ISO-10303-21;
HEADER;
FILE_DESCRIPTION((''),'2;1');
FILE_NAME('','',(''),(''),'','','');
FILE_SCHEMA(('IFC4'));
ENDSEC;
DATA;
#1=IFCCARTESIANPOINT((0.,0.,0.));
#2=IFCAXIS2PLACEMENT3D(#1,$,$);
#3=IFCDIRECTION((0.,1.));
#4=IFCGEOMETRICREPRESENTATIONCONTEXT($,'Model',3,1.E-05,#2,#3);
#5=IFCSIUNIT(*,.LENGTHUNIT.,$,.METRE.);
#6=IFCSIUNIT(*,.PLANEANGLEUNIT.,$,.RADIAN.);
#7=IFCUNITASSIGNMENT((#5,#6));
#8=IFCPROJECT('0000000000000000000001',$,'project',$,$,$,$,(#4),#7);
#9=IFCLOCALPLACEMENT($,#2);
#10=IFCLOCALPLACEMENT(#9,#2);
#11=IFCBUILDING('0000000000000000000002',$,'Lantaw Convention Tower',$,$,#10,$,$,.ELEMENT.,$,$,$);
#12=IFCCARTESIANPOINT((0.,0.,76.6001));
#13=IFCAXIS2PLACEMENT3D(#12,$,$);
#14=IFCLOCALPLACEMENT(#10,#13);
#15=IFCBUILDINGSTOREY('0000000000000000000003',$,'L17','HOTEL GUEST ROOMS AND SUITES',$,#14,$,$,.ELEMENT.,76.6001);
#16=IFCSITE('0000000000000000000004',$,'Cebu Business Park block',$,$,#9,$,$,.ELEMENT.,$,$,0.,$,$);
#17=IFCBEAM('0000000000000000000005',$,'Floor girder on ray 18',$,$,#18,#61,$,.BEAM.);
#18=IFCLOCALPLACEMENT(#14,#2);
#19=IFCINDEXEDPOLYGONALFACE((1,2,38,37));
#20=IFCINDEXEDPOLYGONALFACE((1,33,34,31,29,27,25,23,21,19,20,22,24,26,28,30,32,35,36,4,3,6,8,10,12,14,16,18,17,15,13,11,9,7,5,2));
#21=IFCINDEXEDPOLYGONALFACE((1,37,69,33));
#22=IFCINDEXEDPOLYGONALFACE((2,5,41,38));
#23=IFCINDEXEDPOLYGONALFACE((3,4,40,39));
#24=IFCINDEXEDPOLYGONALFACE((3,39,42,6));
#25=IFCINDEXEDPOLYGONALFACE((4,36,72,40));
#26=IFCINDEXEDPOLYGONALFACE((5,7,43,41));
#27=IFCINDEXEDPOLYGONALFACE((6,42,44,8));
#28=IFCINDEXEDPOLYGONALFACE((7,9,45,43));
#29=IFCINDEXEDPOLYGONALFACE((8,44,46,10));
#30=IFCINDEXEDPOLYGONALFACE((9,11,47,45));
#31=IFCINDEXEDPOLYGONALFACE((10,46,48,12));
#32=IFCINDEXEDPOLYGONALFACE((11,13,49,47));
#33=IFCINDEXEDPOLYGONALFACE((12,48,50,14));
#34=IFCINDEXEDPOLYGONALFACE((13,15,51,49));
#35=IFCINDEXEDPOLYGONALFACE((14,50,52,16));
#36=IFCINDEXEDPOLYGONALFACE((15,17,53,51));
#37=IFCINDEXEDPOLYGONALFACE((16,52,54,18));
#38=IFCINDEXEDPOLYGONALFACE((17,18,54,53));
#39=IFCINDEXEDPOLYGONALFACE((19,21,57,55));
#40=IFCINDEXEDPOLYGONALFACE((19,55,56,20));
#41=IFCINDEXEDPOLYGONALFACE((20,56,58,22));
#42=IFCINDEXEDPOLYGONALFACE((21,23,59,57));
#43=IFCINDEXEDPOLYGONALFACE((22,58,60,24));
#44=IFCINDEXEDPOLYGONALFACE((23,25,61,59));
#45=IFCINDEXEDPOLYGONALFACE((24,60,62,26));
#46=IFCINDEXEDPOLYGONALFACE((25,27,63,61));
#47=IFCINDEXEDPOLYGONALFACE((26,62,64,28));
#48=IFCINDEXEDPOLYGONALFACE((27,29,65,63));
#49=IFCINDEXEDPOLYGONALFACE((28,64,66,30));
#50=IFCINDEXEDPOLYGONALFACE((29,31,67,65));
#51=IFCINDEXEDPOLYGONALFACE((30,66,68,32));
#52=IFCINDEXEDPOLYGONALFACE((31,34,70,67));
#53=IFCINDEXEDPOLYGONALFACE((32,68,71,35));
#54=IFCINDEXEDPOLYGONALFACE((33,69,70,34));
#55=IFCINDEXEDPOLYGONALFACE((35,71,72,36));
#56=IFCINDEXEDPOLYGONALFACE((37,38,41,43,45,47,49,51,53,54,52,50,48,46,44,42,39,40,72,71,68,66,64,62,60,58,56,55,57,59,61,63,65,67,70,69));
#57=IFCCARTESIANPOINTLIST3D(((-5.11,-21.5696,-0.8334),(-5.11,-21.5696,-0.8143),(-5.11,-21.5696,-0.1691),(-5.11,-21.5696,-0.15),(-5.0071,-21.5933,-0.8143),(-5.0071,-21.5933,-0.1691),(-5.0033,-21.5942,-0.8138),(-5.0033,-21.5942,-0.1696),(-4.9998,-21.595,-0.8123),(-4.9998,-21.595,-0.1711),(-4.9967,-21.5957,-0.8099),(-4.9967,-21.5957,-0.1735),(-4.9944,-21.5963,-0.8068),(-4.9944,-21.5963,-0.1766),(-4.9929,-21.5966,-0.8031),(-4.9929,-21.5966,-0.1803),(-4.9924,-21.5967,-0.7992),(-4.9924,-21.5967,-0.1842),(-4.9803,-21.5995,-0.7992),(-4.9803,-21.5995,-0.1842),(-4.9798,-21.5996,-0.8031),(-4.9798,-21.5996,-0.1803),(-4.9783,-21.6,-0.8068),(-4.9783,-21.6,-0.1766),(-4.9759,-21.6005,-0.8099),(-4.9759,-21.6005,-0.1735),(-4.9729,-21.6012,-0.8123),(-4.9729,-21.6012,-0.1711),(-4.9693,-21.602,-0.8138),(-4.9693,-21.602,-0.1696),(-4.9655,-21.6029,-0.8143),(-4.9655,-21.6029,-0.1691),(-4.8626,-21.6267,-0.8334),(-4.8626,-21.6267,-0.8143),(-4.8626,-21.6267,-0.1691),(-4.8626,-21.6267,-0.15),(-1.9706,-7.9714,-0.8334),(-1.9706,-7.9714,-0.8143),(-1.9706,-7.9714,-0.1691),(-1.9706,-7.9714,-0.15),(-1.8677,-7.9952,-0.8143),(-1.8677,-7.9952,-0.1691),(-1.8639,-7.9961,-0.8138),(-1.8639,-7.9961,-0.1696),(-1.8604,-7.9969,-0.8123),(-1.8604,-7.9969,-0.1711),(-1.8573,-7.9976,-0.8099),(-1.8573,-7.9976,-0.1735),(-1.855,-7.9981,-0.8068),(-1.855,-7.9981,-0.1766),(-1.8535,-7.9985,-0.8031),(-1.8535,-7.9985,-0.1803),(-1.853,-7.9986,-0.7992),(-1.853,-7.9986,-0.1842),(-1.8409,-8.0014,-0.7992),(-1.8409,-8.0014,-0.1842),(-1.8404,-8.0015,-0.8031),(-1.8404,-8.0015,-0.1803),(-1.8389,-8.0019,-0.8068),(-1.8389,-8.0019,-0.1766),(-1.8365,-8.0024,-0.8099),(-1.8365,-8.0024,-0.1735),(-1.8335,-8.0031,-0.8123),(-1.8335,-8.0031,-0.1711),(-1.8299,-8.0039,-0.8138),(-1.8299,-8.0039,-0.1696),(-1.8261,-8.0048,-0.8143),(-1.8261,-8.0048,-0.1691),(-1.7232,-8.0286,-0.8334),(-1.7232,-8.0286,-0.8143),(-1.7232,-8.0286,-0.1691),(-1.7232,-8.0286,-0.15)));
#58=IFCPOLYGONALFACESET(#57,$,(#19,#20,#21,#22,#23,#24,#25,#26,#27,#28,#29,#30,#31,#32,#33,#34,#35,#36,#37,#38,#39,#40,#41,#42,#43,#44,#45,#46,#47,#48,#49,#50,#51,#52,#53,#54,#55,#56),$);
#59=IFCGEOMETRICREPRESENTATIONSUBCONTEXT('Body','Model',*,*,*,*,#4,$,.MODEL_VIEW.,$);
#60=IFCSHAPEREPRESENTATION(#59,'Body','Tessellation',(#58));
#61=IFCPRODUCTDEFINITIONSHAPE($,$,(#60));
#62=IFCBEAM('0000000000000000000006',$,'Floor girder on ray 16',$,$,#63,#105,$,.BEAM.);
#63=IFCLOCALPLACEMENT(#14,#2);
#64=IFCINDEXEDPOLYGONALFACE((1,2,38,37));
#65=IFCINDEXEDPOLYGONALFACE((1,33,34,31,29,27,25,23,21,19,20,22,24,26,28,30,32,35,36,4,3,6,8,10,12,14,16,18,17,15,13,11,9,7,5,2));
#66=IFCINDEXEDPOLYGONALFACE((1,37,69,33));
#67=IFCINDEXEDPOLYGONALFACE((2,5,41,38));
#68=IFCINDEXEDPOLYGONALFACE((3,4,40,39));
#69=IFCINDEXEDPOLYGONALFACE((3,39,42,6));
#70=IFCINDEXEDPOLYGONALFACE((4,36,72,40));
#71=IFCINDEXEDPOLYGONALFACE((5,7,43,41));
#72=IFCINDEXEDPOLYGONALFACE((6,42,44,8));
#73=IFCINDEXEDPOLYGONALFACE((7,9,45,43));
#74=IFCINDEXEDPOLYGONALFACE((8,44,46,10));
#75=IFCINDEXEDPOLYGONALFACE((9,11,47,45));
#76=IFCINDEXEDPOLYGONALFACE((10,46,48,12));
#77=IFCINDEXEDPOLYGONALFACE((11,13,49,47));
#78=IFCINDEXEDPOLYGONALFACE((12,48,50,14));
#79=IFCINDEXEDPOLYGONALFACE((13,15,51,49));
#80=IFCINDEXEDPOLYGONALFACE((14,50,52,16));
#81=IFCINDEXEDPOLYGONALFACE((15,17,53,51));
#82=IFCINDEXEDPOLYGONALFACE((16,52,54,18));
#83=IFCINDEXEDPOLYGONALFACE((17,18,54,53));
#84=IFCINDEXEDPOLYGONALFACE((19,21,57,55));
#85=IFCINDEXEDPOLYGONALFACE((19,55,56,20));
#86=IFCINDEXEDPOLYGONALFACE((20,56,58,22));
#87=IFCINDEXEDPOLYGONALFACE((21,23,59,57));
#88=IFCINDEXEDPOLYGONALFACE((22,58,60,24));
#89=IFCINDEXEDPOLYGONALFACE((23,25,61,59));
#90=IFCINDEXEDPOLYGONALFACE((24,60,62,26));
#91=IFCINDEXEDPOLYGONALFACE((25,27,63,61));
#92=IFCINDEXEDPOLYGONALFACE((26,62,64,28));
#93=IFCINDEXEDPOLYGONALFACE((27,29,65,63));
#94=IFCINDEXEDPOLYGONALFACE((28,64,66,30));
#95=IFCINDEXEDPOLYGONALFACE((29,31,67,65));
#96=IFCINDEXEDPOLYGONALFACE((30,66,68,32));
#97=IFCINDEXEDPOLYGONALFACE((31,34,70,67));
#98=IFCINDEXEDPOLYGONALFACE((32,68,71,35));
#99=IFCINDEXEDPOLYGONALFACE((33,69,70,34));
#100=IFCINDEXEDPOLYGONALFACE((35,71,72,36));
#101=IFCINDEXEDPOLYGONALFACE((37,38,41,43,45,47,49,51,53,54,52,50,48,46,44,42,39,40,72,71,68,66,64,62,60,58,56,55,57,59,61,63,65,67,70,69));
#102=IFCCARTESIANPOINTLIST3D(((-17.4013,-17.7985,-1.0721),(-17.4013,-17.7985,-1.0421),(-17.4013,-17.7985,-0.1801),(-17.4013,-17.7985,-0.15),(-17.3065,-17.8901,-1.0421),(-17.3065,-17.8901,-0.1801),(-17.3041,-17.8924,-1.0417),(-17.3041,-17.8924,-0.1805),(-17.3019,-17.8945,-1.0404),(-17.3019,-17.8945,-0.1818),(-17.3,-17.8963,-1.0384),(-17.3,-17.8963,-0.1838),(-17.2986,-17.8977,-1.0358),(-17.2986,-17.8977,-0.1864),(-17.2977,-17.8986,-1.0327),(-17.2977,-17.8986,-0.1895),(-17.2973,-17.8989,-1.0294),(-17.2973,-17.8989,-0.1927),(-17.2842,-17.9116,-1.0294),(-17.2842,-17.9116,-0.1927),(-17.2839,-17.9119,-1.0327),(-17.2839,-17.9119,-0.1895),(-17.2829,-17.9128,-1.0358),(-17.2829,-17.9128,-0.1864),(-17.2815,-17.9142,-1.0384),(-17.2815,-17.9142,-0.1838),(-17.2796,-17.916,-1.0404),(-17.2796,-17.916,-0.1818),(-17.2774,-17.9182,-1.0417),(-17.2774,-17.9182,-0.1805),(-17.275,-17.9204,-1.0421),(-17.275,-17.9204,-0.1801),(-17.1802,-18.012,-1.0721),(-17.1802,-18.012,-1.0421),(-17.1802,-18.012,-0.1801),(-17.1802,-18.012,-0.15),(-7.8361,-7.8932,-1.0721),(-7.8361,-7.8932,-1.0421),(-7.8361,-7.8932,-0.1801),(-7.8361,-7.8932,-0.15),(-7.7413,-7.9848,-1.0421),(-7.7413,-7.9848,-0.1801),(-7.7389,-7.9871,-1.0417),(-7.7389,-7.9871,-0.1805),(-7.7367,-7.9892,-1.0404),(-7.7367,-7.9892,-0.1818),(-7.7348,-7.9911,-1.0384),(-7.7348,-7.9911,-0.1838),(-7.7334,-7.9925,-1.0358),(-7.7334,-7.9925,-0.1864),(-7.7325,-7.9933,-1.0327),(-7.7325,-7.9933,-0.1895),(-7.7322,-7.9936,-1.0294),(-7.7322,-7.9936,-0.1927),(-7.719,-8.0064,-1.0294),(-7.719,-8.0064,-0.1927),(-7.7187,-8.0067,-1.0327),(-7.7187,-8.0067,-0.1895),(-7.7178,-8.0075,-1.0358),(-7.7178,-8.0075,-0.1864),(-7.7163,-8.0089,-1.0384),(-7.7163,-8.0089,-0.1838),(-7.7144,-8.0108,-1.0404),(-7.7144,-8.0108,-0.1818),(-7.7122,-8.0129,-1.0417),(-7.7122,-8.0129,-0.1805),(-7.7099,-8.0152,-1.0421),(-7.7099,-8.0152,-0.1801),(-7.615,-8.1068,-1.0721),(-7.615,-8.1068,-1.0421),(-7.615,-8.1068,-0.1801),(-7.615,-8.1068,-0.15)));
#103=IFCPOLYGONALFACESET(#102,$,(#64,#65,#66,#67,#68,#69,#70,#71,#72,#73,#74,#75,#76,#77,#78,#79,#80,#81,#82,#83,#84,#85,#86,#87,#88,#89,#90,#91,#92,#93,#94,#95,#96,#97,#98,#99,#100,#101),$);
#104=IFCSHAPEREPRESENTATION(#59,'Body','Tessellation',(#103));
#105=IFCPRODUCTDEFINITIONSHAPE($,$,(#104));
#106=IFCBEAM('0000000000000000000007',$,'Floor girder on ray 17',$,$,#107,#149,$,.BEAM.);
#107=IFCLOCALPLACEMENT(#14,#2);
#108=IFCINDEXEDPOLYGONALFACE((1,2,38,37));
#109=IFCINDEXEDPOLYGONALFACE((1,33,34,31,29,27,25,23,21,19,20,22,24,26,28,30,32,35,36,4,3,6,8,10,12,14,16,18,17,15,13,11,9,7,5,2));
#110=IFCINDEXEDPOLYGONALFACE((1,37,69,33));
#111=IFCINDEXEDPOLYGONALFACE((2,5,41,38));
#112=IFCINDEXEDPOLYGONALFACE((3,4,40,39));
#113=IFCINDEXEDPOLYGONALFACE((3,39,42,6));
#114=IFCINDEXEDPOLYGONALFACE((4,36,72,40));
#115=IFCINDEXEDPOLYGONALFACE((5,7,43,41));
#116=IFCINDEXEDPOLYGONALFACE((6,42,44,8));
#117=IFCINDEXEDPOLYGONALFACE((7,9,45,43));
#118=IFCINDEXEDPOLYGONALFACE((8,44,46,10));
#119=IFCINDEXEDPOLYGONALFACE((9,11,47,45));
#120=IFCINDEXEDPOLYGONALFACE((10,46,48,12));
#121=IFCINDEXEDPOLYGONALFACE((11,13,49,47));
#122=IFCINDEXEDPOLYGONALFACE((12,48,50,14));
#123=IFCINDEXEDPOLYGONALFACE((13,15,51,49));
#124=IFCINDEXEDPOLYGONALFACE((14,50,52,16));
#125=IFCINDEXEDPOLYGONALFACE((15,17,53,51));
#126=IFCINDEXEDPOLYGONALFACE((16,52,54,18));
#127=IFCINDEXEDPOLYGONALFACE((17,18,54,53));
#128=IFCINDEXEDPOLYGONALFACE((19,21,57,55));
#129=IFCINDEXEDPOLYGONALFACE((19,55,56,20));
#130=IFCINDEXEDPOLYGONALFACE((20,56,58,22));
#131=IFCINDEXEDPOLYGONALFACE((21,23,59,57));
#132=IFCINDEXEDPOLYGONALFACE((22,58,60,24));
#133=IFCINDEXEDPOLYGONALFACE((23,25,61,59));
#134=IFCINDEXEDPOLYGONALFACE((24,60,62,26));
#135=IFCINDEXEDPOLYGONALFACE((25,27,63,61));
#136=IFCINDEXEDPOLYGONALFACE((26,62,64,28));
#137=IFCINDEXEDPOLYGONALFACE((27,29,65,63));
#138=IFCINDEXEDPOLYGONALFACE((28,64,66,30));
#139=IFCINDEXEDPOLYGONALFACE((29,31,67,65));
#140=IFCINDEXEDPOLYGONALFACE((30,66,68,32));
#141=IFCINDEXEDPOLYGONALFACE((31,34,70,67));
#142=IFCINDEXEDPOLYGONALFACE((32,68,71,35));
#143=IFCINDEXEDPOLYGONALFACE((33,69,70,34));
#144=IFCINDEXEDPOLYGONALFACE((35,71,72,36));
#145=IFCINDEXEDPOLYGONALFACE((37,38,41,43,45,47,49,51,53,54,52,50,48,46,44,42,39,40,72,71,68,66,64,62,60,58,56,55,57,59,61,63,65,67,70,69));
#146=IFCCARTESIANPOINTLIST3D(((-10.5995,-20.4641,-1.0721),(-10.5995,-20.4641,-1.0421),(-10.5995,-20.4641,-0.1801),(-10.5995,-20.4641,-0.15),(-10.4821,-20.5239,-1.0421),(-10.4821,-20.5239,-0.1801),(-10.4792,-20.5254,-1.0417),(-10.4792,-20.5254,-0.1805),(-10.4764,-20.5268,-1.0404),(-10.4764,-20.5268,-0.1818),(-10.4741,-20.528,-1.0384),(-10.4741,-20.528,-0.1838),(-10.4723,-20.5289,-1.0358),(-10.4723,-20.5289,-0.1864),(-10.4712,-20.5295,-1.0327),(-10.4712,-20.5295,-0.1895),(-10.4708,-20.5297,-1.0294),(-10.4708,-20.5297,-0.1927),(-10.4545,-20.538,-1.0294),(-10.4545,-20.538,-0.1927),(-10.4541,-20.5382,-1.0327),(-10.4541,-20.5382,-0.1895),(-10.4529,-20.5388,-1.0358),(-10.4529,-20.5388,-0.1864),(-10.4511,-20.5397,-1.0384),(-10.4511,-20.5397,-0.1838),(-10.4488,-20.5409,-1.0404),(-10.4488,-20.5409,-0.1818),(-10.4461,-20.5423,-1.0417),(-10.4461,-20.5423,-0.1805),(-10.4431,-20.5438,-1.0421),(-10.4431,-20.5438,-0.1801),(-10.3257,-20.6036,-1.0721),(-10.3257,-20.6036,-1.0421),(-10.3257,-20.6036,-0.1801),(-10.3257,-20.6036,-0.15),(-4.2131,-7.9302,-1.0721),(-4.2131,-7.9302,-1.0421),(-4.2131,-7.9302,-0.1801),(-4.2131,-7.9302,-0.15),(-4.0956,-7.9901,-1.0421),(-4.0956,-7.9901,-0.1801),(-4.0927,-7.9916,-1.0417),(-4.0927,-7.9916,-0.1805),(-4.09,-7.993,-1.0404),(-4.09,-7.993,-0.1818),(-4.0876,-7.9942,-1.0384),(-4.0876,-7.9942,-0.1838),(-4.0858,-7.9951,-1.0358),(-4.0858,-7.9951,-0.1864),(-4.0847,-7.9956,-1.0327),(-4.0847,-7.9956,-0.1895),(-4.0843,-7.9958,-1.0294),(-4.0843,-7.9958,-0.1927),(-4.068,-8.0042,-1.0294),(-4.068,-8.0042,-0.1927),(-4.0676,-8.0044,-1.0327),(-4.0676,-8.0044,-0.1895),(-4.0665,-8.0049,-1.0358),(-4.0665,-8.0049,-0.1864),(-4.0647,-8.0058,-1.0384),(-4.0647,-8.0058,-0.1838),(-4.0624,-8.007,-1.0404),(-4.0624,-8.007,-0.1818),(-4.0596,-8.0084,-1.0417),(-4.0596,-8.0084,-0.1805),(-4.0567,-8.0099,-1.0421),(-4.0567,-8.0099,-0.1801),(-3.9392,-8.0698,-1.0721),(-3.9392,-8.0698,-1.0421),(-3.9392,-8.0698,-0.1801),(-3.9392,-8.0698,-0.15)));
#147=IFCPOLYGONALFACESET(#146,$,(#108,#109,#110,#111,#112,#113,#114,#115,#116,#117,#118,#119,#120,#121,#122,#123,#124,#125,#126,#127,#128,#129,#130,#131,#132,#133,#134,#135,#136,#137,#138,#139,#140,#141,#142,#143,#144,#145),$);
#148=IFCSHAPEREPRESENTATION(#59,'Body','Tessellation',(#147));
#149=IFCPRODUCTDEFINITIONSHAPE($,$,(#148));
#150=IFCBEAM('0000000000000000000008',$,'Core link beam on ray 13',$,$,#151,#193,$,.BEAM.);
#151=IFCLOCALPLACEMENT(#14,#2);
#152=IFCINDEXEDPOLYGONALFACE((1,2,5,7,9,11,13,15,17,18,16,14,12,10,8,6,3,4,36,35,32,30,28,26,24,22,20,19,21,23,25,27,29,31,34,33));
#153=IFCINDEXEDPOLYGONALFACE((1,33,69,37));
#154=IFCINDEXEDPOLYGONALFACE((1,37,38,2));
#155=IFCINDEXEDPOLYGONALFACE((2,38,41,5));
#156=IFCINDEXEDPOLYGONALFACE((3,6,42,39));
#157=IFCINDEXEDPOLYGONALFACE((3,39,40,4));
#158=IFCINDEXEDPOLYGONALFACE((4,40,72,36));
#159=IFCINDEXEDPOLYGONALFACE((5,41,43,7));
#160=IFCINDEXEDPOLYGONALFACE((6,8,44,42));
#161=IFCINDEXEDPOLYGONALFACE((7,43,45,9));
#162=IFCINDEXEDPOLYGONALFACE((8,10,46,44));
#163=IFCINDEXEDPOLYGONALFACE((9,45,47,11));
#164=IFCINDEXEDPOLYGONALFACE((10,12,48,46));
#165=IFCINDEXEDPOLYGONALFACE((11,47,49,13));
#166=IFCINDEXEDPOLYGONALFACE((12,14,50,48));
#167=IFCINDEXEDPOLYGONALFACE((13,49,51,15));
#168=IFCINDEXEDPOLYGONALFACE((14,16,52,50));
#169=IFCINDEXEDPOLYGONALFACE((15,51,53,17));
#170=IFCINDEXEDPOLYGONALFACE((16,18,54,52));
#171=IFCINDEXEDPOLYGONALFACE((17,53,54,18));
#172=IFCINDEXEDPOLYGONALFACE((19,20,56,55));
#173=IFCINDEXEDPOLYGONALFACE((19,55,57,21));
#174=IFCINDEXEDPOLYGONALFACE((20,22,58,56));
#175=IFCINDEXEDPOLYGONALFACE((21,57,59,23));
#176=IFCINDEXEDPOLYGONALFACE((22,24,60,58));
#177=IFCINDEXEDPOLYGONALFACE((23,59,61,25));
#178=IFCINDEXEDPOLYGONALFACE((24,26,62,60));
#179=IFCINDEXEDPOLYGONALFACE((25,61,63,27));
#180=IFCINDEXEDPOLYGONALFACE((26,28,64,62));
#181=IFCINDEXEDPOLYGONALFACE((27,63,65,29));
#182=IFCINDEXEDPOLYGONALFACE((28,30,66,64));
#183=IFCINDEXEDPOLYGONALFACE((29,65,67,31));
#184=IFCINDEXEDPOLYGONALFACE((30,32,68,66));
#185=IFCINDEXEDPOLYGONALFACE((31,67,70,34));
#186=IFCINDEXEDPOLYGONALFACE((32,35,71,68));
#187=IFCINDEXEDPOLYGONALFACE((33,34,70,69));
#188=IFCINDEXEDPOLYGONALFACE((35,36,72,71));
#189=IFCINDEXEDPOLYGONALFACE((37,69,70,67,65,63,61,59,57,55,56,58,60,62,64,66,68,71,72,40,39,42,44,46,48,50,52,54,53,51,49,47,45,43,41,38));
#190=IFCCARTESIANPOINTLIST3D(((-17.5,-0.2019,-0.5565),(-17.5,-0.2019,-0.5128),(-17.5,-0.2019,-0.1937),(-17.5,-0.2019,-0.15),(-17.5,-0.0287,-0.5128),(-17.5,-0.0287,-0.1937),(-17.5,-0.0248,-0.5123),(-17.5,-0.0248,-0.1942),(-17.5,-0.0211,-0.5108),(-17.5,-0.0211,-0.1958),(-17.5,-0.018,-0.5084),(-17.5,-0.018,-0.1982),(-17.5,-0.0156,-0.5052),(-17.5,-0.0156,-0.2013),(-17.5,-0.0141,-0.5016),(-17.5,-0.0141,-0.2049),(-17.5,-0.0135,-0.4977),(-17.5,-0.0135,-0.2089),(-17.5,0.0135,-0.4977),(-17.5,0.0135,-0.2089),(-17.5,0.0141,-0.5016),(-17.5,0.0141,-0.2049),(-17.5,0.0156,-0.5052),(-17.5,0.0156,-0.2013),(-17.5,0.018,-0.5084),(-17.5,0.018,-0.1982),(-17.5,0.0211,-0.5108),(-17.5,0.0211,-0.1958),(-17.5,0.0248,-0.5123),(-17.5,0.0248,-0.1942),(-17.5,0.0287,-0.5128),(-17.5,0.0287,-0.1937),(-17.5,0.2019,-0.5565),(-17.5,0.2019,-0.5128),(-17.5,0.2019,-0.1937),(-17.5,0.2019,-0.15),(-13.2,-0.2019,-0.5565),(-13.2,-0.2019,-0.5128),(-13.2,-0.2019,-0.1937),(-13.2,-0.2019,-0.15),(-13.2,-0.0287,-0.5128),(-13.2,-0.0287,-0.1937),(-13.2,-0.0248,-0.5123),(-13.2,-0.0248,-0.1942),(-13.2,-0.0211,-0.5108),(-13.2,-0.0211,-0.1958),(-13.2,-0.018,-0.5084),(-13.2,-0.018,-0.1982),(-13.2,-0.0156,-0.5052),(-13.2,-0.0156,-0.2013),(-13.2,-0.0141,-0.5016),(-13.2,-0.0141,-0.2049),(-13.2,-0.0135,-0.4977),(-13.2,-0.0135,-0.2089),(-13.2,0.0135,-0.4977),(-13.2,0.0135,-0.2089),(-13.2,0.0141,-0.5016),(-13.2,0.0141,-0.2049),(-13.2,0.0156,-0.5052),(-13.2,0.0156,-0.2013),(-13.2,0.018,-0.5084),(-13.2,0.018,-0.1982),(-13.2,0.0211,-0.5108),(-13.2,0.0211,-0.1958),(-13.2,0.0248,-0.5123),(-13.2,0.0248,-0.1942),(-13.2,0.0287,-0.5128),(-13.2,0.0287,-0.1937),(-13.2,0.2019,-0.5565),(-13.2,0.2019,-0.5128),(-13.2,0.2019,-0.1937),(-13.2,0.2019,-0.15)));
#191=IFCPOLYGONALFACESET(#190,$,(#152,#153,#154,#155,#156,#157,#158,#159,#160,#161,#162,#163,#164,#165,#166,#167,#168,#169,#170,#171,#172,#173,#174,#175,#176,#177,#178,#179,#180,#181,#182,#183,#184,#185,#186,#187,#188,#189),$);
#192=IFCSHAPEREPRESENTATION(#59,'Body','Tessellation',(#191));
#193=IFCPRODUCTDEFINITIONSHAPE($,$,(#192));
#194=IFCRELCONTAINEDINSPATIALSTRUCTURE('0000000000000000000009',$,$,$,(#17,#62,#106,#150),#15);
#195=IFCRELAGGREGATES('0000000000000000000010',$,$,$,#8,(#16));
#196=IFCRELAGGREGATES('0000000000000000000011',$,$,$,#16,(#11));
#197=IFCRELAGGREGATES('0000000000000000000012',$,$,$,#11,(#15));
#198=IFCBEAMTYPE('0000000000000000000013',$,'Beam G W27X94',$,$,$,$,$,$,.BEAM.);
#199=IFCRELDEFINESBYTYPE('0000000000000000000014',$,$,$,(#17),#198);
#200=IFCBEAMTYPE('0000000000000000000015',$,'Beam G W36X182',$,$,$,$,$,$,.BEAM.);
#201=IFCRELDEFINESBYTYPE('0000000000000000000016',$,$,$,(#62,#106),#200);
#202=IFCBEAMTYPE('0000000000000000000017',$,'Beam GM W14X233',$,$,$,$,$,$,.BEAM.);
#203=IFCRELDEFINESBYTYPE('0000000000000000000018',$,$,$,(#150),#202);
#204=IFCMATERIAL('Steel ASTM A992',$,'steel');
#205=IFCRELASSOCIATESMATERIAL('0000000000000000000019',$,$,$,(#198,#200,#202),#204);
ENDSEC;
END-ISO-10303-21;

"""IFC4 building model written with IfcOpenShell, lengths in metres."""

from ifc_helpers import new_model, si_unit, direction, frame, origin, origin_2d, place, context, subcontext, project, spatial, i_section, extrude, material, material_profile, profile_set, type_object, element, save


model = new_model("IFC4")

# Units and contexts
model_context = context("Model", 3, precision=1e-05, world=origin(), true_north=direction((0.0, 1.0)))
body_context = subcontext(model_context, "Body", "Model", "MODEL_VIEW")
ifc_project = project(units=[si_unit("LENGTHUNIT", "METRE"), si_unit("PLANEANGLEUNIT", "RADIAN")], contexts=[model_context])

# Site, building, storey
site_placement = place(None, origin())
site = spatial("IfcSite", under=ifc_project, at=site_placement, Name="Cebu Business Park block", CompositionType="ELEMENT", RefElevation=0.0)
building_placement = place(site_placement, origin())
building = spatial("IfcBuilding", under=site, at=building_placement, Name="Lantaw Convention Tower", CompositionType="ELEMENT")
storey_placement = place(building_placement, frame((0.0, 0.0, 76.6001)))
storey = spatial("IfcBuildingStorey", under=building, at=storey_placement, Name="L17", Description="HOTEL GUEST ROOMS AND SUITES", CompositionType="ELEMENT", Elevation=76.6001)

# Beams
ifc_material_1 = material(Name="Steel ASTM A992", Category="steel")
ifc_material_profile_1 = material_profile(ifc_material_1, i_section(OverallWidth=0.2539, OverallDepth=0.6833, WebThickness=0.0125, FlangeThickness=0.019, FilletRadius=0.0151, at=origin_2d()), Name="W27X94")
ifc_profile_set_1 = profile_set([ifc_material_profile_1], Name="Steel ASTM A992")
beam_type_1 = type_object("IfcBeamType", Name="Beam G W27X94", PredefinedType="BEAM", material=ifc_profile_set_1)
beam_1_placement = place(storey_placement, frame((-1.8469, -8.0, -0.4917), z_axis=(-0.224953, -0.97437, 0.0), x_axis=(0.97437, -0.224953, 0.0)))
element("IfcBeam", 1, at=beam_1_placement, inside=storey, type_object=beam_type_1, Name="Floor girder on ray 18", PredefinedType="BEAM", context=body_context, shape_type="SweptSolid", body=[
    extrude(i_section(OverallWidth=0.2539, OverallDepth=0.6833, WebThickness=0.0125, FlangeThickness=0.019, FilletRadius=0.0151, at=origin_2d()), origin(), (0.0, 0.0, 1.0), 13.9558),
])
ifc_material_profile_2 = material_profile(ifc_material_1, i_section(OverallWidth=0.3074, OverallDepth=0.9221, WebThickness=0.0183, FlangeThickness=0.03, FilletRadius=0.0127, at=origin_2d()), Name="W36X182")
ifc_profile_set_2 = profile_set([ifc_material_profile_2], Name="Steel ASTM A992")
beam_type_2 = type_object("IfcBeamType", Name="Beam G W36X182", PredefinedType="BEAM", material=ifc_profile_set_2)
beam_2_placement = place(storey_placement, frame((-7.7256, -8.0, -0.6111), z_axis=(-0.69465, -0.719348, 0.0), x_axis=(0.719348, -0.69465, 0.0)))
element("IfcBeam", 2, at=beam_2_placement, inside=storey, type_object=beam_type_2, Name="Floor girder on ray 16", PredefinedType="BEAM", context=body_context, shape_type="SweptSolid", body=[
    extrude(i_section(OverallWidth=0.3074, OverallDepth=0.9221, WebThickness=0.0183, FlangeThickness=0.03, FilletRadius=0.0127, at=origin_2d()), origin(), (0.0, 0.0, 1.0), 13.7698),
])
beam_3_placement = place(storey_placement, frame((-4.0762, -8.0, -0.6111), z_axis=(-0.453997, -0.891003, 0.0), x_axis=(0.891003, -0.453997, 0.0)))
element("IfcBeam", 3, at=beam_3_placement, inside=storey, type_object=beam_type_2, Name="Floor girder on ray 17", PredefinedType="BEAM", context=body_context, shape_type="SweptSolid", body=[
    extrude(i_section(OverallWidth=0.3074, OverallDepth=0.9221, WebThickness=0.0183, FlangeThickness=0.03, FilletRadius=0.0127, at=origin_2d()), origin(), (0.0, 0.0, 1.0), 14.0671),
])
ifc_material_profile_3 = material_profile(ifc_material_1, i_section(OverallWidth=0.4038, OverallDepth=0.4065, WebThickness=0.0271, FlangeThickness=0.0437, FilletRadius=0.0151, at=origin_2d()), Name="W14X233")
ifc_profile_set_3 = profile_set([ifc_material_profile_3], Name="Steel ASTM A992")
beam_type_3 = type_object("IfcBeamType", Name="Beam GM W14X233", PredefinedType="BEAM", material=ifc_profile_set_3)
beam_4_placement = place(storey_placement, frame((-13.2, 0.0, -0.3533), z_axis=(-1.0, 0.0, 0.0), x_axis=(0.0, -1.0, 0.0)))
element("IfcBeam", 4, at=beam_4_placement, inside=storey, type_object=beam_type_3, Name="Core link beam on ray 13", PredefinedType="BEAM", context=body_context, shape_type="SweptSolid", body=[
    extrude(i_section(OverallWidth=0.4038, OverallDepth=0.4065, WebThickness=0.0271, FlangeThickness=0.0437, FilletRadius=0.0151, at=origin_2d()), origin(), (0.0, 0.0, 1.0), 4.3),
])

save(model, "model.ifc")
